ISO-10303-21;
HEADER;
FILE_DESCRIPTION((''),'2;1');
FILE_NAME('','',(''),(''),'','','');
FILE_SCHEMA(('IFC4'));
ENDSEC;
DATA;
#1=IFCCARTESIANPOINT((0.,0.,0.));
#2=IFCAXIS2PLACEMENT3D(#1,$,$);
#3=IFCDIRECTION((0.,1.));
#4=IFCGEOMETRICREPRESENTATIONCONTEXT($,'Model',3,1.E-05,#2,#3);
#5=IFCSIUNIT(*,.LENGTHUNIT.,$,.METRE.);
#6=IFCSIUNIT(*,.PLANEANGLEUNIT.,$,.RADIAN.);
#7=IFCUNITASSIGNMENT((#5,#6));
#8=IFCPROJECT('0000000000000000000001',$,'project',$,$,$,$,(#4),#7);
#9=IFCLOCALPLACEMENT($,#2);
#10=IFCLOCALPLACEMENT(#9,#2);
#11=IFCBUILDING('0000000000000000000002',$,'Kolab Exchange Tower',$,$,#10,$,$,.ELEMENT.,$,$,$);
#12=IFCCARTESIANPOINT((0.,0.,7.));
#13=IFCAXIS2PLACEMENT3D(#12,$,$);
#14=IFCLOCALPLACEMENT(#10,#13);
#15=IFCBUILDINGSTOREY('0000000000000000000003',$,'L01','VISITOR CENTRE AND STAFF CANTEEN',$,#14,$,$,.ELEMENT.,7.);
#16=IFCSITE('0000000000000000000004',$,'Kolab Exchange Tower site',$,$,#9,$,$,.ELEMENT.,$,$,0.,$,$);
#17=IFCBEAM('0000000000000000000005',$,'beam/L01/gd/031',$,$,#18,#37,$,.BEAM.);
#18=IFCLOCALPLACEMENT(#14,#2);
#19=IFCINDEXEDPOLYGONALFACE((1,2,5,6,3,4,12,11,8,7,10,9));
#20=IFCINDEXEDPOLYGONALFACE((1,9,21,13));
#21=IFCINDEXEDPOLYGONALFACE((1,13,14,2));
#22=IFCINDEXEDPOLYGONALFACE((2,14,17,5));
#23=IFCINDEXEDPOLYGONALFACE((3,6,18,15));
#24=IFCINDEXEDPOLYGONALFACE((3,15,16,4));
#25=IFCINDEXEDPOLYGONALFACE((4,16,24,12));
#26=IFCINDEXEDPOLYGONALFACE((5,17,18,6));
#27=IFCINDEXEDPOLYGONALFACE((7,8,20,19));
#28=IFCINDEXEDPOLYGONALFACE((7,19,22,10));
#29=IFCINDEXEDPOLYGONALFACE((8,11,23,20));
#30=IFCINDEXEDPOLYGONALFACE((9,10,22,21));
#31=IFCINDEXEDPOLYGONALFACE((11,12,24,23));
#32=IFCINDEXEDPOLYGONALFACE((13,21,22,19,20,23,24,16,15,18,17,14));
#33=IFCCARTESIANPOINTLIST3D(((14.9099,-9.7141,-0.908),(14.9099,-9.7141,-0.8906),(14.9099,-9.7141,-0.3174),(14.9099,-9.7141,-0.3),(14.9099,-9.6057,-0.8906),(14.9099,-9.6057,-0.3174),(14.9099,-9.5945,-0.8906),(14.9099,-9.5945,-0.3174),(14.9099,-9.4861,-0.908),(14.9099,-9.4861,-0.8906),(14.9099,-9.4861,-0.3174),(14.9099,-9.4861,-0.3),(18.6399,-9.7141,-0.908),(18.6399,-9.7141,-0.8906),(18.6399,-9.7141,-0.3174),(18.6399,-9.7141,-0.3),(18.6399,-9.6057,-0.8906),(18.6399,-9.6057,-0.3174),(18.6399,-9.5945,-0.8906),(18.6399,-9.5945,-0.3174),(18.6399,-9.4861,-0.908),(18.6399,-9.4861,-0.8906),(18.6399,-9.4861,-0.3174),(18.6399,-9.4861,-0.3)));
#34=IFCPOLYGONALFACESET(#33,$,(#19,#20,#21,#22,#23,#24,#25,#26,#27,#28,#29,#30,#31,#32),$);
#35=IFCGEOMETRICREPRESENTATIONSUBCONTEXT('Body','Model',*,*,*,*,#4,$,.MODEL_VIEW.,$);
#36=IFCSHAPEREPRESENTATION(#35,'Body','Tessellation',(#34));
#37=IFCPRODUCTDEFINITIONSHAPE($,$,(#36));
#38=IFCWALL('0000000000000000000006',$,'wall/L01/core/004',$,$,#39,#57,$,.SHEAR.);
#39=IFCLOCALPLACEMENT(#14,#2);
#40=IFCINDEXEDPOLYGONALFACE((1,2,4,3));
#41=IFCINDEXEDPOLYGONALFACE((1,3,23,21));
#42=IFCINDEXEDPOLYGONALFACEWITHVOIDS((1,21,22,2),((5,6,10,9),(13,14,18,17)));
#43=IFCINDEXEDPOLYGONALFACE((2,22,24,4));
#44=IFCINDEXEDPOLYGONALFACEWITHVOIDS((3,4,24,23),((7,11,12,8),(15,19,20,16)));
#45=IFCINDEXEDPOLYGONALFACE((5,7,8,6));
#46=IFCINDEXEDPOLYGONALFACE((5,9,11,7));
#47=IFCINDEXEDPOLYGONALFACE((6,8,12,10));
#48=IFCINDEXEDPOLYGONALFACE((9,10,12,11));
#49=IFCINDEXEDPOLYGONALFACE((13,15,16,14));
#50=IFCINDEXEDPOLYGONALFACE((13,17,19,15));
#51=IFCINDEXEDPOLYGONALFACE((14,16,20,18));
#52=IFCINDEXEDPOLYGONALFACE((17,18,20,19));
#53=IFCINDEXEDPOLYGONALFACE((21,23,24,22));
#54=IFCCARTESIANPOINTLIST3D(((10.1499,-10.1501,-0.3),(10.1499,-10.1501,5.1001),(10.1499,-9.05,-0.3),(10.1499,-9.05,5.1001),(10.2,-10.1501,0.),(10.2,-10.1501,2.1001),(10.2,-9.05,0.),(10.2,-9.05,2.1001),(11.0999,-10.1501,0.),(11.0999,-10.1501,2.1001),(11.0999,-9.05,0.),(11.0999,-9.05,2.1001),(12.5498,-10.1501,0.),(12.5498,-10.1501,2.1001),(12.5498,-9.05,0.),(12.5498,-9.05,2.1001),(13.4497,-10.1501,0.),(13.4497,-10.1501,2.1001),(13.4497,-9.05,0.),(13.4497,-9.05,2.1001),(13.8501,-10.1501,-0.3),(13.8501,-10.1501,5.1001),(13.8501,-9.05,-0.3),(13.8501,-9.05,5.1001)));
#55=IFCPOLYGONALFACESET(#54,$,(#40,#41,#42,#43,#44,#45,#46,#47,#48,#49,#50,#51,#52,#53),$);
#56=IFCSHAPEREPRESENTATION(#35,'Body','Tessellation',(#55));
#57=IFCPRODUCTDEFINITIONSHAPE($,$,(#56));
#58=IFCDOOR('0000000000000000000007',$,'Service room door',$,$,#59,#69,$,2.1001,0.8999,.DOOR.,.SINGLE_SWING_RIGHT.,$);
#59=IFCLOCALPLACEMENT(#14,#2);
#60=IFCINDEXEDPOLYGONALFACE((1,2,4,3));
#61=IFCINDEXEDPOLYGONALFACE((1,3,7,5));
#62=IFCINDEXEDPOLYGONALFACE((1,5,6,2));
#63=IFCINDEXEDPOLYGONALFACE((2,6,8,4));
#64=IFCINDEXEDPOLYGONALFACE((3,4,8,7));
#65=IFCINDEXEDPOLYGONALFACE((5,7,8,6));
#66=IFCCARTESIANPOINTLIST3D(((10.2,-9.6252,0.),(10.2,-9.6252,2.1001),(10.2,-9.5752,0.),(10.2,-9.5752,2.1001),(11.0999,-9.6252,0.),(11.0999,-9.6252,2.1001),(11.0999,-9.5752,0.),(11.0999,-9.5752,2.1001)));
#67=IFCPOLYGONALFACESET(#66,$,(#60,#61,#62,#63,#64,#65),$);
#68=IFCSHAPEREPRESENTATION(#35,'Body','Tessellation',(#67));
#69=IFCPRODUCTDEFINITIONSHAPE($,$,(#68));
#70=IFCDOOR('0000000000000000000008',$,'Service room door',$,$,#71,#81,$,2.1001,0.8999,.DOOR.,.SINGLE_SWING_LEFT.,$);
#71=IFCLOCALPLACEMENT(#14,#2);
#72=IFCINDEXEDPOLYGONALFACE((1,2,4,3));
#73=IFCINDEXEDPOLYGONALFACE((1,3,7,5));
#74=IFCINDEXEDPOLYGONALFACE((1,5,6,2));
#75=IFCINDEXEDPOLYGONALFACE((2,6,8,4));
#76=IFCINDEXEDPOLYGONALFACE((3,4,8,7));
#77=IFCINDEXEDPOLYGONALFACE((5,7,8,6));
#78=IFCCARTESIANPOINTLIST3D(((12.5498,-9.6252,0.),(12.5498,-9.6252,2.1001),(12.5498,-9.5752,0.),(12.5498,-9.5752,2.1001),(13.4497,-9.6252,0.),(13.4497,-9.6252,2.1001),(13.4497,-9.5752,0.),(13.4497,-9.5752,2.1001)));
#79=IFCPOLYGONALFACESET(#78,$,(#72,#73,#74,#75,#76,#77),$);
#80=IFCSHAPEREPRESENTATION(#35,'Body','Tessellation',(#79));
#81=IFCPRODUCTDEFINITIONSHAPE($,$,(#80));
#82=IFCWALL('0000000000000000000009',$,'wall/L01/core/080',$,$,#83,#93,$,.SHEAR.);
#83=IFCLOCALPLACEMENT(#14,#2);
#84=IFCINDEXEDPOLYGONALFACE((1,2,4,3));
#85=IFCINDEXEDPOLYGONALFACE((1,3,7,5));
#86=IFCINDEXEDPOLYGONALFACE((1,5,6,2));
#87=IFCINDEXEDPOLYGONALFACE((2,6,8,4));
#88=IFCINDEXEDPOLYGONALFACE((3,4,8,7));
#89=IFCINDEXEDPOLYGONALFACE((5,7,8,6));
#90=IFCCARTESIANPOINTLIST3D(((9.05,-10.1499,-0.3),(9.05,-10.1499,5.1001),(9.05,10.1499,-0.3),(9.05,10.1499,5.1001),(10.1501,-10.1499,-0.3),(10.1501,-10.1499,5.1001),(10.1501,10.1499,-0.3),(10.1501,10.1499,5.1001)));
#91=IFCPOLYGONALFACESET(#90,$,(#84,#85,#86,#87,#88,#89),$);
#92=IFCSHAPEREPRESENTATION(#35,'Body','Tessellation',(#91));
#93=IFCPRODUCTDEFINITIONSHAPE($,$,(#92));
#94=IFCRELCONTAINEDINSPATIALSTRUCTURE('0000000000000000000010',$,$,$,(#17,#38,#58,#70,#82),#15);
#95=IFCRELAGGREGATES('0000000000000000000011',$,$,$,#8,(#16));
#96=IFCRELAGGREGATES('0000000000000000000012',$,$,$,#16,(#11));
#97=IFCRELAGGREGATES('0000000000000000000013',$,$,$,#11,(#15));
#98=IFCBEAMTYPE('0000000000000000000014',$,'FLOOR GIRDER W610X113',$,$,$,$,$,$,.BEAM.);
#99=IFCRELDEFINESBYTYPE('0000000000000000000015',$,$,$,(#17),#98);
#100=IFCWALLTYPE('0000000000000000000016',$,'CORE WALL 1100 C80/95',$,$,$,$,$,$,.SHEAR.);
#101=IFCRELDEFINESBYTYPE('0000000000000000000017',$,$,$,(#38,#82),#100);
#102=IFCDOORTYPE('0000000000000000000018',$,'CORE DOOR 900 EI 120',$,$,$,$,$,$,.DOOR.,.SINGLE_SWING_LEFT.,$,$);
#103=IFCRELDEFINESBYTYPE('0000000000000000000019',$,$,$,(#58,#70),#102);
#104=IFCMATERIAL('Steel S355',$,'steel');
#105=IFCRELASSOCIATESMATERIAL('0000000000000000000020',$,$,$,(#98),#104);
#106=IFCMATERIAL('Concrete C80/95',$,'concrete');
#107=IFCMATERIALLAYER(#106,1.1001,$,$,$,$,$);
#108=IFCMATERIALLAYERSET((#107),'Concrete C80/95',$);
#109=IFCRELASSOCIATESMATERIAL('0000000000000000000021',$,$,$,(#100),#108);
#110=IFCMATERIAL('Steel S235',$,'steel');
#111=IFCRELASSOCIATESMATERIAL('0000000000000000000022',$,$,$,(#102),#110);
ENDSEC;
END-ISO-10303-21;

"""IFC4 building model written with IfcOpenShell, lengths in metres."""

from ifc_helpers import new_model, si_unit, direction, frame, frame_2d, origin, origin_2d, place, context, subcontext, project, spatial, rectangle, i_section, extrude, material, layer, layer_set, material_profile, profile_set, type_object, element, fill, save


model = new_model("IFC4")

# Units and contexts
model_context = context("Model", 3, precision=1e-05, world=origin(), true_north=direction((0.0, 1.0)))
body_context = subcontext(model_context, "Body", "Model", "MODEL_VIEW")
ifc_project = project(units=[si_unit("LENGTHUNIT", "METRE"), si_unit("PLANEANGLEUNIT", "RADIAN")], contexts=[model_context])

# Site, building, storey
site_placement = place(None, origin())
site = spatial("IfcSite", under=ifc_project, at=site_placement, Name="Kolab Exchange Tower site", CompositionType="ELEMENT", RefElevation=0.0)
building_placement = place(site_placement, origin())
building = spatial("IfcBuilding", under=site, at=building_placement, Name="Kolab Exchange Tower", CompositionType="ELEMENT")
storey_placement = place(building_placement, frame((0.0, 0.0, 7.0)))
storey = spatial("IfcBuildingStorey", under=building, at=storey_placement, Name="L01", Description="VISITOR CENTRE AND STAFF CANTEEN", CompositionType="ELEMENT", Elevation=7.0)

# Beam
ifc_material_1 = material(Name="Steel S355", Category="steel")
ifc_material_profile = material_profile(ifc_material_1, i_section(OverallWidth=0.228, OverallDepth=0.6079, WebThickness=0.0112, FlangeThickness=0.0173, at=origin_2d()), Name="W610X113")
ifc_profile_set = profile_set([ifc_material_profile], Name="Steel S355")
beam_type = type_object("IfcBeamType", Name="FLOOR GIRDER W610X113", PredefinedType="BEAM", material=ifc_profile_set)
beam_placement = place(storey_placement, frame((14.9099, -9.6001, -0.604), z_axis=(1.0, 0.0, 0.0), x_axis=(0.0, 1.0, 0.0)))
element("IfcBeam", 1, at=beam_placement, inside=storey, type_object=beam_type, Name="beam/L01/gd/031", PredefinedType="BEAM", context=body_context, shape_type="SweptSolid", body=[
    extrude(i_section(OverallWidth=0.228, OverallDepth=0.6079, WebThickness=0.0112, FlangeThickness=0.0173, at=origin_2d()), origin(), (0.0, 0.0, 1.0), 3.73),
])

# Wall, openings, doors
ifc_material_2 = material(Name="Concrete C80/95", Category="concrete")
ifc_layer_1 = layer(ifc_material_2, 1.1001)
ifc_layer_set_1 = layer_set([ifc_layer_1], Name="Concrete C80/95")
wall_type_1 = type_object("IfcWallType", Name="CORE WALL 1100 C80/95", PredefinedType="SHEAR", material=ifc_layer_set_1)
wall_1_placement = place(storey_placement, frame((10.1499, -9.6001, -0.3), z_axis=(0.0, 0.0, 1.0), x_axis=(1.0, 0.0, 0.0)))
wall_1 = element("IfcWall", 2, at=wall_1_placement, inside=storey, type_object=wall_type_1, Name="wall/L01/core/004", PredefinedType="SHEAR", context=body_context, shape_type="SweptSolid", body=[
    extrude(rectangle(XDim=3.7002, YDim=1.1001, at=frame_2d((1.8501, 0.0))), origin(), (0.0, 0.0, 1.0), 5.4001),
])
opening_1_placement = place(wall_1_placement, frame((0.05, 0.0, 0.3)))
opening_1 = element("IfcOpeningElement", 3, at=opening_1_placement, cuts=wall_1, PredefinedType="OPENING", context=body_context, shape_type="SweptSolid", body=[
    extrude(rectangle(XDim=0.8999, YDim=2.1001, at=frame_2d((0.45, 1.05))), frame((0.0, 0.5601, 0.0), z_axis=(0.0, -1.0, 0.0), x_axis=(1.0, 0.0, 0.0)), (0.0, 0.0, 1.0), 1.1201),
])
opening_2_placement = place(wall_1_placement, frame((2.3999, 0.0, 0.3)))
opening_2 = element("IfcOpeningElement", 4, at=opening_2_placement, cuts=wall_1, PredefinedType="OPENING", context=body_context, shape_type="SweptSolid", body=[
    extrude(rectangle(XDim=0.8999, YDim=2.1001, at=frame_2d((0.45, 1.05))), frame((0.0, 0.5601, 0.0), z_axis=(0.0, -1.0, 0.0), x_axis=(1.0, 0.0, 0.0)), (0.0, 0.0, 1.0), 1.1201),
])
ifc_material_3 = material(Name="Steel S235", Category="steel")
door_type_1 = type_object("IfcDoorType", Name="CORE DOOR 900 EI 120", OperationType="SINGLE_SWING_LEFT", PredefinedType="DOOR", material=ifc_material_3)
door_1_placement = place(opening_1_placement, origin())
door_1 = element("IfcDoor", 5, at=door_1_placement, inside=storey, type_object=door_type_1, Name="Service room door", OperationType="SINGLE_SWING_RIGHT", OverallHeight=2.1001, OverallWidth=0.8999, PredefinedType="DOOR", context=body_context, shape_type="SweptSolid", body=[
    extrude(rectangle(XDim=0.8999, YDim=2.1001, at=frame_2d((0.45, 1.05))), frame((0.0, 0.0249, 0.0), z_axis=(0.0, -1.0, 0.0), x_axis=(1.0, 0.0, 0.0)), (0.0, 0.0, 1.0), 0.05),
])
fill(opening_1, door_1)
door_2_placement = place(opening_2_placement, origin())
door_2 = element("IfcDoor", 6, at=door_2_placement, inside=storey, type_object=door_type_1, Name="Service room door", OperationType="SINGLE_SWING_LEFT", OverallHeight=2.1001, OverallWidth=0.8999, PredefinedType="DOOR", context=body_context, shape_type="SweptSolid", body=[
    extrude(rectangle(XDim=0.8999, YDim=2.1001, at=frame_2d((0.45, 1.05))), frame((0.0, 0.0249, 0.0), z_axis=(0.0, -1.0, 0.0), x_axis=(1.0, 0.0, 0.0)), (0.0, 0.0, 1.0), 0.05),
])
fill(opening_2, door_2)

# Wall
wall_2_placement = place(storey_placement, frame((9.6001, -10.1499, -0.3), z_axis=(0.0, 0.0, 1.0), x_axis=(0.0, 1.0, 0.0)))
element("IfcWall", 7, at=wall_2_placement, inside=storey, type_object=wall_type_1, Name="wall/L01/core/080", PredefinedType="SHEAR", context=body_context, shape_type="SweptSolid", body=[
    extrude(rectangle(XDim=20.2998, YDim=1.1001, at=frame_2d((10.1499, 0.0))), origin(), (0.0, 0.0, 1.0), 5.4001),
])

save(model, "model.ifc")
